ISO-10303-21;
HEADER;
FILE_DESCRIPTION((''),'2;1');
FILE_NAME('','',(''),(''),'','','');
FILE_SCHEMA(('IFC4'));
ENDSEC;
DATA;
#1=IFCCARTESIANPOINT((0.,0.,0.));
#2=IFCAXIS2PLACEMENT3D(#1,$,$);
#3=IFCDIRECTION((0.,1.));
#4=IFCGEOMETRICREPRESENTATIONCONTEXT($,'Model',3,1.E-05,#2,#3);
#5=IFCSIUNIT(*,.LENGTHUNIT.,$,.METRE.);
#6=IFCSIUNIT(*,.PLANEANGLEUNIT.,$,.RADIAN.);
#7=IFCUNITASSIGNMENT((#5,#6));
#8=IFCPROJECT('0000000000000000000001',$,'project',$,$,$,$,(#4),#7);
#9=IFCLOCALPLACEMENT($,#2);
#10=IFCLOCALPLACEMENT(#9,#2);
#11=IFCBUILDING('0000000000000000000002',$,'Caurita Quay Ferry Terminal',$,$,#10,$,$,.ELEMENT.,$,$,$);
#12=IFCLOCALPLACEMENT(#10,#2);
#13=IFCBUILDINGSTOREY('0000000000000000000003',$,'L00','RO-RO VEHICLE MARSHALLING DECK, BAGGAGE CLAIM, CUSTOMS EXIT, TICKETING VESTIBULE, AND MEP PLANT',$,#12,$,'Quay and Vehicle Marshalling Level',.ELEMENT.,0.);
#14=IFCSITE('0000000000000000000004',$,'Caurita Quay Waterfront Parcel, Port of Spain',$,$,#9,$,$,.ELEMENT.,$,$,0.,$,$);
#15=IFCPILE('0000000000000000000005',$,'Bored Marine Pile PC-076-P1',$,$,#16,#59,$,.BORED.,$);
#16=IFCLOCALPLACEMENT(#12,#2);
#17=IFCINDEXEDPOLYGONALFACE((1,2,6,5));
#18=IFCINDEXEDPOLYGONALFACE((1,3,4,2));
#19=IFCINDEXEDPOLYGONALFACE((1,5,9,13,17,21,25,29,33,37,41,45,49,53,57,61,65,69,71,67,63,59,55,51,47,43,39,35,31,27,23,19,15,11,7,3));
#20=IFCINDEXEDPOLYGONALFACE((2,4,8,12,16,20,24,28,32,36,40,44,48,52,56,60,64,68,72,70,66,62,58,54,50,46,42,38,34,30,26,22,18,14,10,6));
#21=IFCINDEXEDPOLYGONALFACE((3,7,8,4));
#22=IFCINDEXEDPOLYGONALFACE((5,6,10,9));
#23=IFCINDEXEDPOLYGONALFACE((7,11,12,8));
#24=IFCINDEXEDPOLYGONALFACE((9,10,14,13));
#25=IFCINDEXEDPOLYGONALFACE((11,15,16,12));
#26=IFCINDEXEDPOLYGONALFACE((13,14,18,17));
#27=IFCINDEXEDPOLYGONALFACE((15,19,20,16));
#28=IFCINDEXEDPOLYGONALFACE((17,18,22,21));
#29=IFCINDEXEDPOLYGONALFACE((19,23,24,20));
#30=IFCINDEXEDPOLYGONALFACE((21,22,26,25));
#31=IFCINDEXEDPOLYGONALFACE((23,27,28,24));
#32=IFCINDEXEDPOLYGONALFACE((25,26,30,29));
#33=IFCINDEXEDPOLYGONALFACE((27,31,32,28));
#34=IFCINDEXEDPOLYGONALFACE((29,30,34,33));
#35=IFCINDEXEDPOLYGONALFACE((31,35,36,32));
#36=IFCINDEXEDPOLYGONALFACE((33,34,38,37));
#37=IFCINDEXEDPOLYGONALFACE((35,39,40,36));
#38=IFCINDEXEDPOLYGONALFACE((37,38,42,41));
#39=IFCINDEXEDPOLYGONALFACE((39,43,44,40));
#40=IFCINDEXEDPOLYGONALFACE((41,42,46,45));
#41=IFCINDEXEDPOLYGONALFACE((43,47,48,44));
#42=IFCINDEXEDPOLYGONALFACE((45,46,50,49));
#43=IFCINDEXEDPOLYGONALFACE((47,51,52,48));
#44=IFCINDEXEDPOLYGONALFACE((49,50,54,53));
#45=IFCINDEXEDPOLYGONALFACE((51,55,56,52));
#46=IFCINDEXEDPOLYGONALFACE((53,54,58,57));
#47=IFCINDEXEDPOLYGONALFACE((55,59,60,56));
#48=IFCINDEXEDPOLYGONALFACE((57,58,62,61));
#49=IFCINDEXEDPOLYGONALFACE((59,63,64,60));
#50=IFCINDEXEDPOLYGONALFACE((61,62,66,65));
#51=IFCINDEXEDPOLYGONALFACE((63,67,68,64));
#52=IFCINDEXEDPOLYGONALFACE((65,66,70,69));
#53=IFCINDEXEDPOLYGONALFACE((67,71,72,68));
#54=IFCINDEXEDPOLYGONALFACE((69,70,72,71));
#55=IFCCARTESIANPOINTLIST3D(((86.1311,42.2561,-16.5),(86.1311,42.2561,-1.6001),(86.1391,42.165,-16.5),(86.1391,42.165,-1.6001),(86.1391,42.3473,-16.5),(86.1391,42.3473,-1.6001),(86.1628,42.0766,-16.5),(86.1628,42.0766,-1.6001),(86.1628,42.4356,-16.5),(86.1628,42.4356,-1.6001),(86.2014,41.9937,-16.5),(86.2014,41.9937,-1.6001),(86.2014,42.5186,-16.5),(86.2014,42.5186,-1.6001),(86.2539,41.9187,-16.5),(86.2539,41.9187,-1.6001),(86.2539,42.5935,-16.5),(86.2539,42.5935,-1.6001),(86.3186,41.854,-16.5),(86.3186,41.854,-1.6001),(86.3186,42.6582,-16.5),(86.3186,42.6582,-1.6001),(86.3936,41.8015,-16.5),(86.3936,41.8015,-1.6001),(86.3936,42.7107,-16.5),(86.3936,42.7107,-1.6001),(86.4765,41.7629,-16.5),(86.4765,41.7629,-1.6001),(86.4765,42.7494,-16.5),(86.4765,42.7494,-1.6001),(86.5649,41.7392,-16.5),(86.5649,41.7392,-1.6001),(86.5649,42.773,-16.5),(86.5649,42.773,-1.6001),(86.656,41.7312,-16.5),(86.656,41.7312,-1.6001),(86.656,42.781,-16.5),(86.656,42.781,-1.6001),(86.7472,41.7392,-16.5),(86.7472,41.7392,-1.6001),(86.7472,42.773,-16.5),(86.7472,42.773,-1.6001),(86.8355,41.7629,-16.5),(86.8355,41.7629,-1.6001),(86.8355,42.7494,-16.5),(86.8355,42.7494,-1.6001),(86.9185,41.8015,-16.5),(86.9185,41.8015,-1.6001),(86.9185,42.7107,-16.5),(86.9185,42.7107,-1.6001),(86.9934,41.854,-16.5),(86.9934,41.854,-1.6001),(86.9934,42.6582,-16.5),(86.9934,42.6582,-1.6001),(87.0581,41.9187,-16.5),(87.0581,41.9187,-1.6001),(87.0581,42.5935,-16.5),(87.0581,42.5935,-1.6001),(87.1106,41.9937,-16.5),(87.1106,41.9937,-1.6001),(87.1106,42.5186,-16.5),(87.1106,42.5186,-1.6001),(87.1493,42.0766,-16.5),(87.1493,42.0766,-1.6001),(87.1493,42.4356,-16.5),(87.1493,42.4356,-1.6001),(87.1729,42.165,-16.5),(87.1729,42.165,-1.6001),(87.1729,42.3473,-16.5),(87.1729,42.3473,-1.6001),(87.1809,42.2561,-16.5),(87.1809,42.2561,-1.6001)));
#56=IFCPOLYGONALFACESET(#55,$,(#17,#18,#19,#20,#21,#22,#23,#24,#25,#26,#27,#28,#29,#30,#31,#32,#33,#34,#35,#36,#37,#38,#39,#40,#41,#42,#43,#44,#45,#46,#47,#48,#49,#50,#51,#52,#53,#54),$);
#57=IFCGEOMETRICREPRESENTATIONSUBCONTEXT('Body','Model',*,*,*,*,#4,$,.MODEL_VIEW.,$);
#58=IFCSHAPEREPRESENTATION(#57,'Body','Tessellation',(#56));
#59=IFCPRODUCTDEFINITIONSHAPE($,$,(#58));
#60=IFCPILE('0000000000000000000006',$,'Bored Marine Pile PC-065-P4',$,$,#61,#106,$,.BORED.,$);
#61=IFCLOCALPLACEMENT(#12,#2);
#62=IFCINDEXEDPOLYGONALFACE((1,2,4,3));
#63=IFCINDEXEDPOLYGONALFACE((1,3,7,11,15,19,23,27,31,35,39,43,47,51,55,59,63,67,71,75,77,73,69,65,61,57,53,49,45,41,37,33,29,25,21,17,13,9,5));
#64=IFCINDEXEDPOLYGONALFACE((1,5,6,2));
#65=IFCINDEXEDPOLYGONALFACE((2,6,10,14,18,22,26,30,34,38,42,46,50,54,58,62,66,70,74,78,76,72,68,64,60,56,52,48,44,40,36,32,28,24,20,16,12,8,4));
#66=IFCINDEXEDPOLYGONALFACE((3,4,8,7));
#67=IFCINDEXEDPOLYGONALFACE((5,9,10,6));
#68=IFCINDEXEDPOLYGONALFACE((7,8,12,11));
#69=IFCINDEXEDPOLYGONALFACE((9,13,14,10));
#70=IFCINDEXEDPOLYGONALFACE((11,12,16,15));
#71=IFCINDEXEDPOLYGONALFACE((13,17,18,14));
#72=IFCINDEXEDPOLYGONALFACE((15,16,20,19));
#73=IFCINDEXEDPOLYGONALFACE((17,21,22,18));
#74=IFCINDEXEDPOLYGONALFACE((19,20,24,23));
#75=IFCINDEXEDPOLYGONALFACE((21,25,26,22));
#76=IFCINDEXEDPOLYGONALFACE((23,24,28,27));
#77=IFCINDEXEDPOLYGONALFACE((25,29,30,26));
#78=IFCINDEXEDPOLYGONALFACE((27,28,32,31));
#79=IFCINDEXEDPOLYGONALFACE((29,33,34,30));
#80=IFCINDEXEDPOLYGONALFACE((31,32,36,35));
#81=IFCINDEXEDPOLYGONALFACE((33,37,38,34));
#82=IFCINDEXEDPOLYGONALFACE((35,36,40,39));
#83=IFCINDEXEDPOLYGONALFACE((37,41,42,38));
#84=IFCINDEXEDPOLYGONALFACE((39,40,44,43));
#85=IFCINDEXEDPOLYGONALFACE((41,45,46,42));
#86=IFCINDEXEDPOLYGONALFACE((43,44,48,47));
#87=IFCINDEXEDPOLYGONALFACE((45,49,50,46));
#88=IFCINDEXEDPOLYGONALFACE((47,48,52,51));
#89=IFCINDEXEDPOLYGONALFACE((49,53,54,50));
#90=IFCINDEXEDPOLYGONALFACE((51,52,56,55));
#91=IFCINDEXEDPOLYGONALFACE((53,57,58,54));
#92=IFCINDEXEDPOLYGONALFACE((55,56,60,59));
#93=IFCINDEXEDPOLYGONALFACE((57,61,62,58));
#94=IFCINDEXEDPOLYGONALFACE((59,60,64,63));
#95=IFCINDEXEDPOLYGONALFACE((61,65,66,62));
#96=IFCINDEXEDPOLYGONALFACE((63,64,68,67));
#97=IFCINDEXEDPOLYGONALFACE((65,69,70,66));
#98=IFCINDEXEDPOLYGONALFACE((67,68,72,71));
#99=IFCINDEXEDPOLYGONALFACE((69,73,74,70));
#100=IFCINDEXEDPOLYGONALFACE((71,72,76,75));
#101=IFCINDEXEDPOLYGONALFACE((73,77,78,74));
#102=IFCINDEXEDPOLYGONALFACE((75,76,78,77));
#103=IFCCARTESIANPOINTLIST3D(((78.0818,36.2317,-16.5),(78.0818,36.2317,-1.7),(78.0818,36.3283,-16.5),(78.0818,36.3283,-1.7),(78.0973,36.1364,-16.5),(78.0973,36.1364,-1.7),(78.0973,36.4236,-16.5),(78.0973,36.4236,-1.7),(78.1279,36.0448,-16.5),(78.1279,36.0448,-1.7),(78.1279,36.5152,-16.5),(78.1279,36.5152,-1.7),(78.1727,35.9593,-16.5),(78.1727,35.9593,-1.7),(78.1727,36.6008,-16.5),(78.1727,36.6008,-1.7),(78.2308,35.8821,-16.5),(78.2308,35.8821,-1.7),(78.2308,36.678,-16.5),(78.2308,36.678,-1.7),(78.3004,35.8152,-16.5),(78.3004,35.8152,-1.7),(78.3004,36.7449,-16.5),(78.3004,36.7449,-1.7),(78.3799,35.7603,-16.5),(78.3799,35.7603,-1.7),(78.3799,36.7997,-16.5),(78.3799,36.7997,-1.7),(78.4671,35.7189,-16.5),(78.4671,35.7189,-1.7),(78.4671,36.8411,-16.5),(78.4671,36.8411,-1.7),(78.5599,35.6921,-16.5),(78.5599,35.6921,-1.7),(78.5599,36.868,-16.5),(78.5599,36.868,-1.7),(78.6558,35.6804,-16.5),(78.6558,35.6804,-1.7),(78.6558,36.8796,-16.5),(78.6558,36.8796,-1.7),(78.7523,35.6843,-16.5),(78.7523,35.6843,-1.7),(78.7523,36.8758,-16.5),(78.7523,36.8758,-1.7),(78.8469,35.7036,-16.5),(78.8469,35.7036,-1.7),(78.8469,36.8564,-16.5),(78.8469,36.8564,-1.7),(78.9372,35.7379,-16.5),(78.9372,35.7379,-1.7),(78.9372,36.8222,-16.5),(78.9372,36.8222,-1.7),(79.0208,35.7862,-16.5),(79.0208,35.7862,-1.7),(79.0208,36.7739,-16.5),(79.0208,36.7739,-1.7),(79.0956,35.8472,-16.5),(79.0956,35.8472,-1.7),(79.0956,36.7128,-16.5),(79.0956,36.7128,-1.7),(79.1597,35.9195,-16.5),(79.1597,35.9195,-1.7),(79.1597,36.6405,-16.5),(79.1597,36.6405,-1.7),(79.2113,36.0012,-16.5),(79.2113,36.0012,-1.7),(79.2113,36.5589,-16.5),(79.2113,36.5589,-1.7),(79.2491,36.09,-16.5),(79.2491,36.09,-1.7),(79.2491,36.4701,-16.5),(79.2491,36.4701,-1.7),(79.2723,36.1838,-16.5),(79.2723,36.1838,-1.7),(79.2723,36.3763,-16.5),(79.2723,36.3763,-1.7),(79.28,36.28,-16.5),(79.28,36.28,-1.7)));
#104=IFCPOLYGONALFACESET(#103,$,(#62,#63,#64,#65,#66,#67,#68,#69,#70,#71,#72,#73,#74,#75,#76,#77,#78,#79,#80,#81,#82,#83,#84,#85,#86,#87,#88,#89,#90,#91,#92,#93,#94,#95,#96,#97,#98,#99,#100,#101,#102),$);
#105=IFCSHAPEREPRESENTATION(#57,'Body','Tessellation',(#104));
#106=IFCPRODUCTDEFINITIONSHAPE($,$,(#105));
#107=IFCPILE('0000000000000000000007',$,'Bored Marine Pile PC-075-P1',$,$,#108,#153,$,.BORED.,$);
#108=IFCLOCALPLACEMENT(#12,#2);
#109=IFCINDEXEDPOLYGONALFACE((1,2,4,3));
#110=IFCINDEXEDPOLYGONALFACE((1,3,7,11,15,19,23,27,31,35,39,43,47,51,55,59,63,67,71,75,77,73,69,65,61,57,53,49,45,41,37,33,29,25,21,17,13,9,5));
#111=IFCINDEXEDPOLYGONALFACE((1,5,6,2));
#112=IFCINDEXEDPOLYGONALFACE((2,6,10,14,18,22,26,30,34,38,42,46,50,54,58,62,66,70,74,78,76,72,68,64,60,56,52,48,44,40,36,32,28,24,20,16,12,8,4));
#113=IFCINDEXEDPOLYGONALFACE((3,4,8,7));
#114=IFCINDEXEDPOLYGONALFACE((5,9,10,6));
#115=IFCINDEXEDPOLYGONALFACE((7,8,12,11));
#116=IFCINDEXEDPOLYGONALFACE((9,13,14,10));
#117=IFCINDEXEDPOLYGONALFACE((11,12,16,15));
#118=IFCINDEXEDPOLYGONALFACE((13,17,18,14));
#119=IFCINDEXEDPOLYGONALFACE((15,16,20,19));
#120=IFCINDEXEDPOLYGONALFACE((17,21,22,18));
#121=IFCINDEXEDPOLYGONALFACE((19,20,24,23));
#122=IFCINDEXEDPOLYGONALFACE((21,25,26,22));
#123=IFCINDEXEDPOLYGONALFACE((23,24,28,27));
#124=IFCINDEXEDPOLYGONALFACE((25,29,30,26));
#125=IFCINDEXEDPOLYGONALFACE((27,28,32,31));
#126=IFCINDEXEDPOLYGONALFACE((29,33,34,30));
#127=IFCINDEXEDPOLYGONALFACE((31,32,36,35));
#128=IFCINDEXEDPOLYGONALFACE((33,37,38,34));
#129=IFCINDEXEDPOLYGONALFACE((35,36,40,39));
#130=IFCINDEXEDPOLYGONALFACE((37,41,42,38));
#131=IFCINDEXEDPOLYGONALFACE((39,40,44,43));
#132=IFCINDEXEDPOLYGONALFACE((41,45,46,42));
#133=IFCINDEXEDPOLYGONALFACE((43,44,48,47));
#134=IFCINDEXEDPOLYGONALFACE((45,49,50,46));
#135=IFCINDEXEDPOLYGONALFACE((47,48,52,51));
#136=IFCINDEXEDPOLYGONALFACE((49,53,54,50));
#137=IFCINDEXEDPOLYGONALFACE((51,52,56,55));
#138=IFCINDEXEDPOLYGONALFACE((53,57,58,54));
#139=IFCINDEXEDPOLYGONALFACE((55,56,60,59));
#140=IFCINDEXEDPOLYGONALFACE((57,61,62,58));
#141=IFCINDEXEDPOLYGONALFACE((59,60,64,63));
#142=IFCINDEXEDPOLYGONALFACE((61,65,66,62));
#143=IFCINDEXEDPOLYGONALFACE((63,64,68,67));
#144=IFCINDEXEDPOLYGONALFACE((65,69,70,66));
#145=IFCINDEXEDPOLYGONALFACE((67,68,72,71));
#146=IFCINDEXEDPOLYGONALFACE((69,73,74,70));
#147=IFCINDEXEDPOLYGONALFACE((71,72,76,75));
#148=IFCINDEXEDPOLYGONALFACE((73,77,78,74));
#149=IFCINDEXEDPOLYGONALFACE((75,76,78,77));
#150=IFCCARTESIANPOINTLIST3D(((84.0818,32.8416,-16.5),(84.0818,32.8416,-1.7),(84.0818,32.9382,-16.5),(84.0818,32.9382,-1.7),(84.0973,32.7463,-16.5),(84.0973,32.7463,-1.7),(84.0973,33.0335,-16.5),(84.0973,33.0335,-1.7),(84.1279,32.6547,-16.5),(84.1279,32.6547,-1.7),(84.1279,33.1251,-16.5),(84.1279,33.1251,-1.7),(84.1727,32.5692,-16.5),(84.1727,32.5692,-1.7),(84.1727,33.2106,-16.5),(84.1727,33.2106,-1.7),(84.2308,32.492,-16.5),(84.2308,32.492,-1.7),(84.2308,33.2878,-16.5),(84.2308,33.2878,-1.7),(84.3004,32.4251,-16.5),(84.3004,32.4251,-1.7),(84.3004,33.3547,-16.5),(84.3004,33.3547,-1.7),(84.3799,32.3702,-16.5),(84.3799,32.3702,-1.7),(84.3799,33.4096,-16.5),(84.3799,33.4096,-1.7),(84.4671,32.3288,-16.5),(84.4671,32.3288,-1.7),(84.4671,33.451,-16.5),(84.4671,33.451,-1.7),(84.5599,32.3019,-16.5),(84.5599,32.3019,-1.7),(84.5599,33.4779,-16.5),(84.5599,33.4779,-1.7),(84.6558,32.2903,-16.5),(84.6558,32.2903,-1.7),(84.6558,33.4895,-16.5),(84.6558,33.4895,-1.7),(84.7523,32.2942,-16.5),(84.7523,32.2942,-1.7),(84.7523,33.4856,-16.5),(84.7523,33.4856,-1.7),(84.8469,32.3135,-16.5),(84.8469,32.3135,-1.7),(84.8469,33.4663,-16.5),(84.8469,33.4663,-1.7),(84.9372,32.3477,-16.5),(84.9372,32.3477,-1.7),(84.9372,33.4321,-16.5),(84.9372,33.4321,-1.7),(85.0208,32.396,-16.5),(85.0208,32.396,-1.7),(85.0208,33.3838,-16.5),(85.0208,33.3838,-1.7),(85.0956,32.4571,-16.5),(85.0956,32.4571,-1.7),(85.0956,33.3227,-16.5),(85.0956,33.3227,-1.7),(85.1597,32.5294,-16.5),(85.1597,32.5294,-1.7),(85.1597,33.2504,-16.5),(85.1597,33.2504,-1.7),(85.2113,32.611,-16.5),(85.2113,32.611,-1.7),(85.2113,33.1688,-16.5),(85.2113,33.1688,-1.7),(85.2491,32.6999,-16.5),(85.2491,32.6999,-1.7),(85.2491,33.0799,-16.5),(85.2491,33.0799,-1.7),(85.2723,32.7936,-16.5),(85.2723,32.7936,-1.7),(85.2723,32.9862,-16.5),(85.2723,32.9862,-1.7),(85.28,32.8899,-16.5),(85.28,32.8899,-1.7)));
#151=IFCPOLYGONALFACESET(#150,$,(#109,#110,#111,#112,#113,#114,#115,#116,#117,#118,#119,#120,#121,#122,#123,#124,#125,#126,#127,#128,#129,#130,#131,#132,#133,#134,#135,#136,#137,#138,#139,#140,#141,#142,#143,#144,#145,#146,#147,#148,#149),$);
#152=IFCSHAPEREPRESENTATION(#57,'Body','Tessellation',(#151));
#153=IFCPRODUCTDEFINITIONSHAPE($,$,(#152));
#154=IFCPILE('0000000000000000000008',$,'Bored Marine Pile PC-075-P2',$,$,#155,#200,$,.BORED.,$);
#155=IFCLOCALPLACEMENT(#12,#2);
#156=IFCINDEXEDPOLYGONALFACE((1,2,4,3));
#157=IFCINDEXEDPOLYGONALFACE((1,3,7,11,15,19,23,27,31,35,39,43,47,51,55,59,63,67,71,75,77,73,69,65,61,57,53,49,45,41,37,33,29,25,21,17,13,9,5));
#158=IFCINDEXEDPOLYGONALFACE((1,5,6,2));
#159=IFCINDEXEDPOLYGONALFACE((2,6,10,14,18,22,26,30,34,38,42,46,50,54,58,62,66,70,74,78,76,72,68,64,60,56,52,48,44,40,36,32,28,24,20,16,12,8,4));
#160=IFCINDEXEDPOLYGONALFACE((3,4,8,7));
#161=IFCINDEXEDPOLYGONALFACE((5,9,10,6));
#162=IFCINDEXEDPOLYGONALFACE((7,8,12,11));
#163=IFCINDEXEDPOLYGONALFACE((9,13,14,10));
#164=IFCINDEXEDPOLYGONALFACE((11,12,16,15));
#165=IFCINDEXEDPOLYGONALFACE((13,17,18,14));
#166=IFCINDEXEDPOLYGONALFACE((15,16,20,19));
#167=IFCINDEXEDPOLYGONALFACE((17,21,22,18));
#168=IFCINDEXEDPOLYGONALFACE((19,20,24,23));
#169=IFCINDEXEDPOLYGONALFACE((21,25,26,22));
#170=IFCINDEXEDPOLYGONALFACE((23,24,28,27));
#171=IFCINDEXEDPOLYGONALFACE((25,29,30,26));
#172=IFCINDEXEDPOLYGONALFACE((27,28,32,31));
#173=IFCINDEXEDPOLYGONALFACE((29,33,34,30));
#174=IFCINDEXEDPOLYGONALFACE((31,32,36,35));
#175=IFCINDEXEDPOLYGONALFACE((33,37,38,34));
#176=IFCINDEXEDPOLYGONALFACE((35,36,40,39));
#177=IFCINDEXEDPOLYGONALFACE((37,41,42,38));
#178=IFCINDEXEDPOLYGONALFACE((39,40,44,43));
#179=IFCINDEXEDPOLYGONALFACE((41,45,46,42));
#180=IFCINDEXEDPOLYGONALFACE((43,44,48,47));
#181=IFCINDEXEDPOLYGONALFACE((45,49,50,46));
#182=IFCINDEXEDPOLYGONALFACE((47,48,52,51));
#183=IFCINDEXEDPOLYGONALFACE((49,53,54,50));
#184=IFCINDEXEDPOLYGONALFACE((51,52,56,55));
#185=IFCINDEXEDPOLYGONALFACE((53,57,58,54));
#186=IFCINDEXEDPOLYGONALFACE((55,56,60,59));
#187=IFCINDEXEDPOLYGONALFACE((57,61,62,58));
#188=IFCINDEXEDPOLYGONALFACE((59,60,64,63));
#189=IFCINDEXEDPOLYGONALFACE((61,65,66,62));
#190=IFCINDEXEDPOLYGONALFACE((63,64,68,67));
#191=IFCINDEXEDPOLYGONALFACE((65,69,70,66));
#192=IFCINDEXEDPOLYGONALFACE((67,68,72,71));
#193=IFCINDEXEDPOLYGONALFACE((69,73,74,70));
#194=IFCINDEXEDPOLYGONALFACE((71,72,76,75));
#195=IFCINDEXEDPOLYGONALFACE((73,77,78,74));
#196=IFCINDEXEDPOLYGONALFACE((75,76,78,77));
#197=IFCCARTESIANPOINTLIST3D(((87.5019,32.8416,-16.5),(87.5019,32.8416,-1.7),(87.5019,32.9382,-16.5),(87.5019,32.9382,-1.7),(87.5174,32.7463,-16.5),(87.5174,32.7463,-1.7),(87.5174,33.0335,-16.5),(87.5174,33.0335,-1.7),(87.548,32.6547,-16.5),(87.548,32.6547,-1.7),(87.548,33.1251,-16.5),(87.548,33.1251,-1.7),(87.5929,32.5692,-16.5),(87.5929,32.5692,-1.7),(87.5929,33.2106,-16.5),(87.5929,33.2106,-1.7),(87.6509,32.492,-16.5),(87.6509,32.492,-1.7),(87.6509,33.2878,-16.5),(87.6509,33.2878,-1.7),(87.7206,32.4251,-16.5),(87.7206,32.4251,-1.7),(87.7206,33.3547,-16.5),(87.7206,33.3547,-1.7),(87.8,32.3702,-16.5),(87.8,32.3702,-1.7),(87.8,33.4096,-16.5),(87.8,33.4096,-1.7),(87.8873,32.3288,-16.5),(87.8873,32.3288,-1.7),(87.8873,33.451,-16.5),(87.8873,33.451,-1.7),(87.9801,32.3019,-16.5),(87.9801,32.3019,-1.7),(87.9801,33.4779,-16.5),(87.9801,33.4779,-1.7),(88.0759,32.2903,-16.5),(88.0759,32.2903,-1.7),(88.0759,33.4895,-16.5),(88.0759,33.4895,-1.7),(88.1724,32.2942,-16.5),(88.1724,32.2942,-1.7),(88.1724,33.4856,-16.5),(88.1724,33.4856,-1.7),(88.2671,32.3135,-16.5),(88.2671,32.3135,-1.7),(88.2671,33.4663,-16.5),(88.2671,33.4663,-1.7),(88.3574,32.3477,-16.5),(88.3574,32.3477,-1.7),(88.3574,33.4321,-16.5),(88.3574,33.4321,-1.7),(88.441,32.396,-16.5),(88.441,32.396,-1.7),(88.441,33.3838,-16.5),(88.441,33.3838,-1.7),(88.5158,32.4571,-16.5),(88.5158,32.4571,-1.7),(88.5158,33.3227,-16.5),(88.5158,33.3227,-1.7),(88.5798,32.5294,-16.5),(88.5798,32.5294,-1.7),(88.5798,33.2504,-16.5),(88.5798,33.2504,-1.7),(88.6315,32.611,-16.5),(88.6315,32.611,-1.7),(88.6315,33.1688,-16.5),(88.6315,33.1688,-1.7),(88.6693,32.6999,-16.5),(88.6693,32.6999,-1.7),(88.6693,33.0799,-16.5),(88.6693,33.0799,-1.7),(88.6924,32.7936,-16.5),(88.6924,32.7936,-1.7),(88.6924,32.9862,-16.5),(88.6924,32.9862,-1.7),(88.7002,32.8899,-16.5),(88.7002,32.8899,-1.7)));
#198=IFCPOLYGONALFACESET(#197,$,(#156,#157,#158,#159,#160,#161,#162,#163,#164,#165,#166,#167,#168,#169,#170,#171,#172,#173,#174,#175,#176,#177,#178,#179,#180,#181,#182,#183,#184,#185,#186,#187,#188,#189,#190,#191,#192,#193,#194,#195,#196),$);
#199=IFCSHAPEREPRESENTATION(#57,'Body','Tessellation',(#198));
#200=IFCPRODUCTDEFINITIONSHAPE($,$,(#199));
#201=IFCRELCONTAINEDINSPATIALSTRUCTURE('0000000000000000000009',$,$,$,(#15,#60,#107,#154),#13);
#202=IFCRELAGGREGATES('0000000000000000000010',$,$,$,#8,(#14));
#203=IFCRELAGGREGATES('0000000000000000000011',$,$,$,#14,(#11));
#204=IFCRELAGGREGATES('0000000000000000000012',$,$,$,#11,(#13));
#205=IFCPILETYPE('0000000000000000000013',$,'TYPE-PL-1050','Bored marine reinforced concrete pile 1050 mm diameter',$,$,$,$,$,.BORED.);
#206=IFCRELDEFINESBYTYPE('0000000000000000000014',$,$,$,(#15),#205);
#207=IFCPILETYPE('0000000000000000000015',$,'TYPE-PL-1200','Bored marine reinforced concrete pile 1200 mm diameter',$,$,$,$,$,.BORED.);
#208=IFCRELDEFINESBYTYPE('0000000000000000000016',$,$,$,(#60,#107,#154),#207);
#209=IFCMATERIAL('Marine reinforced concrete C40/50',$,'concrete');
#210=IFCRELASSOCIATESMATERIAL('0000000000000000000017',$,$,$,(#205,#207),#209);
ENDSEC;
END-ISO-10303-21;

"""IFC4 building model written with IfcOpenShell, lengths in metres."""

from ifc_helpers import new_model, si_unit, direction, frame, origin, origin_2d, place, context, subcontext, project, spatial, circle, extrude, material, material_profile, profile_set, type_object, element, save


model = new_model("IFC4")

# Units and contexts
model_context = context("Model", 3, precision=1e-05, world=origin(), true_north=direction((0.0, 1.0)))
body_context = subcontext(model_context, "Body", "Model", "MODEL_VIEW")
ifc_project = project(units=[si_unit("LENGTHUNIT", "METRE"), si_unit("PLANEANGLEUNIT", "RADIAN")], contexts=[model_context])

# Site, building, storey
site_placement = place(None, origin())
site = spatial("IfcSite", under=ifc_project, at=site_placement, Name="Caurita Quay Waterfront Parcel, Port of Spain", CompositionType="ELEMENT", RefElevation=0.0)
building_placement = place(site_placement, origin())
building = spatial("IfcBuilding", under=site, at=building_placement, Name="Caurita Quay Ferry Terminal", CompositionType="ELEMENT")
storey_placement = place(building_placement, origin())
storey = spatial("IfcBuildingStorey", under=building, at=storey_placement, Name="L00", Description="RO-RO VEHICLE MARSHALLING DECK, BAGGAGE CLAIM, CUSTOMS EXIT, TICKETING VESTIBULE, AND MEP PLANT", LongName="Quay and Vehicle Marshalling Level", CompositionType="ELEMENT", Elevation=0.0)

# Piles
ifc_material_1 = material(Name="Marine reinforced concrete C40/50", Category="concrete")
ifc_material_profile_1 = material_profile(ifc_material_1, circle(Radius=0.5249, at=origin_2d()), Name="PILE-D1050")
ifc_profile_set_1 = profile_set([ifc_material_profile_1], Name="Marine reinforced concrete C40/50")
pile_type_1 = type_object("IfcPileType", Name="TYPE-PL-1050", Description="Bored marine reinforced concrete pile 1050 mm diameter", PredefinedType="BORED", material=ifc_profile_set_1)
pile_placement = place(storey_placement, frame((86.656, 42.2561, -1.6001), z_axis=(0.0, 0.0, -1.0), x_axis=(1.0, 0.0, 0.0)))
element("IfcPile", 1, at=pile_placement, inside=storey, type_object=pile_type_1, Name="Bored Marine Pile PC-076-P1", PredefinedType="BORED", context=body_context, shape_type="SweptSolid", body=[
    extrude(circle(Radius=0.5249, at=origin_2d()), origin(), (0.0, 0.0, 1.0), 14.8999),
])
ifc_material_profile_2 = material_profile(ifc_material_1, circle(Radius=0.6001, at=origin_2d()), Name="PILE-D1200")
ifc_profile_set_2 = profile_set([ifc_material_profile_2], Name="Marine reinforced concrete C40/50")
pile_type_2 = type_object("IfcPileType", Name="TYPE-PL-1200", Description="Bored marine reinforced concrete pile 1200 mm diameter", PredefinedType="BORED", material=ifc_profile_set_2)
for number, where, z_axis, x_axis, name in (
    (2, (78.6799, 36.28, -1.7), (0.0, 0.0, -1.0), (1.0, 0.0, 0.0), "Bored Marine Pile PC-065-P4"),
    (3, (84.6799, 32.8899, -1.7), (0.0, 0.0, -1.0), (1.0, 0.0, 0.0), "Bored Marine Pile PC-075-P1"),
    (4, (88.1001, 32.8899, -1.7), (0.0, 0.0, -1.0), (1.0, 0.0, 0.0), "Bored Marine Pile PC-075-P2"),
):
    element("IfcPile", number, at=place(storey_placement, frame(where, z_axis=z_axis, x_axis=x_axis)), inside=storey, type_object=pile_type_2, Name=name, PredefinedType="BORED", context=body_context, shape_type="SweptSolid", body=[
        extrude(circle(Radius=0.6001, at=origin_2d()), origin(), (0.0, 0.0, 1.0), 14.8),
    ])

save(model, "model.ifc")
